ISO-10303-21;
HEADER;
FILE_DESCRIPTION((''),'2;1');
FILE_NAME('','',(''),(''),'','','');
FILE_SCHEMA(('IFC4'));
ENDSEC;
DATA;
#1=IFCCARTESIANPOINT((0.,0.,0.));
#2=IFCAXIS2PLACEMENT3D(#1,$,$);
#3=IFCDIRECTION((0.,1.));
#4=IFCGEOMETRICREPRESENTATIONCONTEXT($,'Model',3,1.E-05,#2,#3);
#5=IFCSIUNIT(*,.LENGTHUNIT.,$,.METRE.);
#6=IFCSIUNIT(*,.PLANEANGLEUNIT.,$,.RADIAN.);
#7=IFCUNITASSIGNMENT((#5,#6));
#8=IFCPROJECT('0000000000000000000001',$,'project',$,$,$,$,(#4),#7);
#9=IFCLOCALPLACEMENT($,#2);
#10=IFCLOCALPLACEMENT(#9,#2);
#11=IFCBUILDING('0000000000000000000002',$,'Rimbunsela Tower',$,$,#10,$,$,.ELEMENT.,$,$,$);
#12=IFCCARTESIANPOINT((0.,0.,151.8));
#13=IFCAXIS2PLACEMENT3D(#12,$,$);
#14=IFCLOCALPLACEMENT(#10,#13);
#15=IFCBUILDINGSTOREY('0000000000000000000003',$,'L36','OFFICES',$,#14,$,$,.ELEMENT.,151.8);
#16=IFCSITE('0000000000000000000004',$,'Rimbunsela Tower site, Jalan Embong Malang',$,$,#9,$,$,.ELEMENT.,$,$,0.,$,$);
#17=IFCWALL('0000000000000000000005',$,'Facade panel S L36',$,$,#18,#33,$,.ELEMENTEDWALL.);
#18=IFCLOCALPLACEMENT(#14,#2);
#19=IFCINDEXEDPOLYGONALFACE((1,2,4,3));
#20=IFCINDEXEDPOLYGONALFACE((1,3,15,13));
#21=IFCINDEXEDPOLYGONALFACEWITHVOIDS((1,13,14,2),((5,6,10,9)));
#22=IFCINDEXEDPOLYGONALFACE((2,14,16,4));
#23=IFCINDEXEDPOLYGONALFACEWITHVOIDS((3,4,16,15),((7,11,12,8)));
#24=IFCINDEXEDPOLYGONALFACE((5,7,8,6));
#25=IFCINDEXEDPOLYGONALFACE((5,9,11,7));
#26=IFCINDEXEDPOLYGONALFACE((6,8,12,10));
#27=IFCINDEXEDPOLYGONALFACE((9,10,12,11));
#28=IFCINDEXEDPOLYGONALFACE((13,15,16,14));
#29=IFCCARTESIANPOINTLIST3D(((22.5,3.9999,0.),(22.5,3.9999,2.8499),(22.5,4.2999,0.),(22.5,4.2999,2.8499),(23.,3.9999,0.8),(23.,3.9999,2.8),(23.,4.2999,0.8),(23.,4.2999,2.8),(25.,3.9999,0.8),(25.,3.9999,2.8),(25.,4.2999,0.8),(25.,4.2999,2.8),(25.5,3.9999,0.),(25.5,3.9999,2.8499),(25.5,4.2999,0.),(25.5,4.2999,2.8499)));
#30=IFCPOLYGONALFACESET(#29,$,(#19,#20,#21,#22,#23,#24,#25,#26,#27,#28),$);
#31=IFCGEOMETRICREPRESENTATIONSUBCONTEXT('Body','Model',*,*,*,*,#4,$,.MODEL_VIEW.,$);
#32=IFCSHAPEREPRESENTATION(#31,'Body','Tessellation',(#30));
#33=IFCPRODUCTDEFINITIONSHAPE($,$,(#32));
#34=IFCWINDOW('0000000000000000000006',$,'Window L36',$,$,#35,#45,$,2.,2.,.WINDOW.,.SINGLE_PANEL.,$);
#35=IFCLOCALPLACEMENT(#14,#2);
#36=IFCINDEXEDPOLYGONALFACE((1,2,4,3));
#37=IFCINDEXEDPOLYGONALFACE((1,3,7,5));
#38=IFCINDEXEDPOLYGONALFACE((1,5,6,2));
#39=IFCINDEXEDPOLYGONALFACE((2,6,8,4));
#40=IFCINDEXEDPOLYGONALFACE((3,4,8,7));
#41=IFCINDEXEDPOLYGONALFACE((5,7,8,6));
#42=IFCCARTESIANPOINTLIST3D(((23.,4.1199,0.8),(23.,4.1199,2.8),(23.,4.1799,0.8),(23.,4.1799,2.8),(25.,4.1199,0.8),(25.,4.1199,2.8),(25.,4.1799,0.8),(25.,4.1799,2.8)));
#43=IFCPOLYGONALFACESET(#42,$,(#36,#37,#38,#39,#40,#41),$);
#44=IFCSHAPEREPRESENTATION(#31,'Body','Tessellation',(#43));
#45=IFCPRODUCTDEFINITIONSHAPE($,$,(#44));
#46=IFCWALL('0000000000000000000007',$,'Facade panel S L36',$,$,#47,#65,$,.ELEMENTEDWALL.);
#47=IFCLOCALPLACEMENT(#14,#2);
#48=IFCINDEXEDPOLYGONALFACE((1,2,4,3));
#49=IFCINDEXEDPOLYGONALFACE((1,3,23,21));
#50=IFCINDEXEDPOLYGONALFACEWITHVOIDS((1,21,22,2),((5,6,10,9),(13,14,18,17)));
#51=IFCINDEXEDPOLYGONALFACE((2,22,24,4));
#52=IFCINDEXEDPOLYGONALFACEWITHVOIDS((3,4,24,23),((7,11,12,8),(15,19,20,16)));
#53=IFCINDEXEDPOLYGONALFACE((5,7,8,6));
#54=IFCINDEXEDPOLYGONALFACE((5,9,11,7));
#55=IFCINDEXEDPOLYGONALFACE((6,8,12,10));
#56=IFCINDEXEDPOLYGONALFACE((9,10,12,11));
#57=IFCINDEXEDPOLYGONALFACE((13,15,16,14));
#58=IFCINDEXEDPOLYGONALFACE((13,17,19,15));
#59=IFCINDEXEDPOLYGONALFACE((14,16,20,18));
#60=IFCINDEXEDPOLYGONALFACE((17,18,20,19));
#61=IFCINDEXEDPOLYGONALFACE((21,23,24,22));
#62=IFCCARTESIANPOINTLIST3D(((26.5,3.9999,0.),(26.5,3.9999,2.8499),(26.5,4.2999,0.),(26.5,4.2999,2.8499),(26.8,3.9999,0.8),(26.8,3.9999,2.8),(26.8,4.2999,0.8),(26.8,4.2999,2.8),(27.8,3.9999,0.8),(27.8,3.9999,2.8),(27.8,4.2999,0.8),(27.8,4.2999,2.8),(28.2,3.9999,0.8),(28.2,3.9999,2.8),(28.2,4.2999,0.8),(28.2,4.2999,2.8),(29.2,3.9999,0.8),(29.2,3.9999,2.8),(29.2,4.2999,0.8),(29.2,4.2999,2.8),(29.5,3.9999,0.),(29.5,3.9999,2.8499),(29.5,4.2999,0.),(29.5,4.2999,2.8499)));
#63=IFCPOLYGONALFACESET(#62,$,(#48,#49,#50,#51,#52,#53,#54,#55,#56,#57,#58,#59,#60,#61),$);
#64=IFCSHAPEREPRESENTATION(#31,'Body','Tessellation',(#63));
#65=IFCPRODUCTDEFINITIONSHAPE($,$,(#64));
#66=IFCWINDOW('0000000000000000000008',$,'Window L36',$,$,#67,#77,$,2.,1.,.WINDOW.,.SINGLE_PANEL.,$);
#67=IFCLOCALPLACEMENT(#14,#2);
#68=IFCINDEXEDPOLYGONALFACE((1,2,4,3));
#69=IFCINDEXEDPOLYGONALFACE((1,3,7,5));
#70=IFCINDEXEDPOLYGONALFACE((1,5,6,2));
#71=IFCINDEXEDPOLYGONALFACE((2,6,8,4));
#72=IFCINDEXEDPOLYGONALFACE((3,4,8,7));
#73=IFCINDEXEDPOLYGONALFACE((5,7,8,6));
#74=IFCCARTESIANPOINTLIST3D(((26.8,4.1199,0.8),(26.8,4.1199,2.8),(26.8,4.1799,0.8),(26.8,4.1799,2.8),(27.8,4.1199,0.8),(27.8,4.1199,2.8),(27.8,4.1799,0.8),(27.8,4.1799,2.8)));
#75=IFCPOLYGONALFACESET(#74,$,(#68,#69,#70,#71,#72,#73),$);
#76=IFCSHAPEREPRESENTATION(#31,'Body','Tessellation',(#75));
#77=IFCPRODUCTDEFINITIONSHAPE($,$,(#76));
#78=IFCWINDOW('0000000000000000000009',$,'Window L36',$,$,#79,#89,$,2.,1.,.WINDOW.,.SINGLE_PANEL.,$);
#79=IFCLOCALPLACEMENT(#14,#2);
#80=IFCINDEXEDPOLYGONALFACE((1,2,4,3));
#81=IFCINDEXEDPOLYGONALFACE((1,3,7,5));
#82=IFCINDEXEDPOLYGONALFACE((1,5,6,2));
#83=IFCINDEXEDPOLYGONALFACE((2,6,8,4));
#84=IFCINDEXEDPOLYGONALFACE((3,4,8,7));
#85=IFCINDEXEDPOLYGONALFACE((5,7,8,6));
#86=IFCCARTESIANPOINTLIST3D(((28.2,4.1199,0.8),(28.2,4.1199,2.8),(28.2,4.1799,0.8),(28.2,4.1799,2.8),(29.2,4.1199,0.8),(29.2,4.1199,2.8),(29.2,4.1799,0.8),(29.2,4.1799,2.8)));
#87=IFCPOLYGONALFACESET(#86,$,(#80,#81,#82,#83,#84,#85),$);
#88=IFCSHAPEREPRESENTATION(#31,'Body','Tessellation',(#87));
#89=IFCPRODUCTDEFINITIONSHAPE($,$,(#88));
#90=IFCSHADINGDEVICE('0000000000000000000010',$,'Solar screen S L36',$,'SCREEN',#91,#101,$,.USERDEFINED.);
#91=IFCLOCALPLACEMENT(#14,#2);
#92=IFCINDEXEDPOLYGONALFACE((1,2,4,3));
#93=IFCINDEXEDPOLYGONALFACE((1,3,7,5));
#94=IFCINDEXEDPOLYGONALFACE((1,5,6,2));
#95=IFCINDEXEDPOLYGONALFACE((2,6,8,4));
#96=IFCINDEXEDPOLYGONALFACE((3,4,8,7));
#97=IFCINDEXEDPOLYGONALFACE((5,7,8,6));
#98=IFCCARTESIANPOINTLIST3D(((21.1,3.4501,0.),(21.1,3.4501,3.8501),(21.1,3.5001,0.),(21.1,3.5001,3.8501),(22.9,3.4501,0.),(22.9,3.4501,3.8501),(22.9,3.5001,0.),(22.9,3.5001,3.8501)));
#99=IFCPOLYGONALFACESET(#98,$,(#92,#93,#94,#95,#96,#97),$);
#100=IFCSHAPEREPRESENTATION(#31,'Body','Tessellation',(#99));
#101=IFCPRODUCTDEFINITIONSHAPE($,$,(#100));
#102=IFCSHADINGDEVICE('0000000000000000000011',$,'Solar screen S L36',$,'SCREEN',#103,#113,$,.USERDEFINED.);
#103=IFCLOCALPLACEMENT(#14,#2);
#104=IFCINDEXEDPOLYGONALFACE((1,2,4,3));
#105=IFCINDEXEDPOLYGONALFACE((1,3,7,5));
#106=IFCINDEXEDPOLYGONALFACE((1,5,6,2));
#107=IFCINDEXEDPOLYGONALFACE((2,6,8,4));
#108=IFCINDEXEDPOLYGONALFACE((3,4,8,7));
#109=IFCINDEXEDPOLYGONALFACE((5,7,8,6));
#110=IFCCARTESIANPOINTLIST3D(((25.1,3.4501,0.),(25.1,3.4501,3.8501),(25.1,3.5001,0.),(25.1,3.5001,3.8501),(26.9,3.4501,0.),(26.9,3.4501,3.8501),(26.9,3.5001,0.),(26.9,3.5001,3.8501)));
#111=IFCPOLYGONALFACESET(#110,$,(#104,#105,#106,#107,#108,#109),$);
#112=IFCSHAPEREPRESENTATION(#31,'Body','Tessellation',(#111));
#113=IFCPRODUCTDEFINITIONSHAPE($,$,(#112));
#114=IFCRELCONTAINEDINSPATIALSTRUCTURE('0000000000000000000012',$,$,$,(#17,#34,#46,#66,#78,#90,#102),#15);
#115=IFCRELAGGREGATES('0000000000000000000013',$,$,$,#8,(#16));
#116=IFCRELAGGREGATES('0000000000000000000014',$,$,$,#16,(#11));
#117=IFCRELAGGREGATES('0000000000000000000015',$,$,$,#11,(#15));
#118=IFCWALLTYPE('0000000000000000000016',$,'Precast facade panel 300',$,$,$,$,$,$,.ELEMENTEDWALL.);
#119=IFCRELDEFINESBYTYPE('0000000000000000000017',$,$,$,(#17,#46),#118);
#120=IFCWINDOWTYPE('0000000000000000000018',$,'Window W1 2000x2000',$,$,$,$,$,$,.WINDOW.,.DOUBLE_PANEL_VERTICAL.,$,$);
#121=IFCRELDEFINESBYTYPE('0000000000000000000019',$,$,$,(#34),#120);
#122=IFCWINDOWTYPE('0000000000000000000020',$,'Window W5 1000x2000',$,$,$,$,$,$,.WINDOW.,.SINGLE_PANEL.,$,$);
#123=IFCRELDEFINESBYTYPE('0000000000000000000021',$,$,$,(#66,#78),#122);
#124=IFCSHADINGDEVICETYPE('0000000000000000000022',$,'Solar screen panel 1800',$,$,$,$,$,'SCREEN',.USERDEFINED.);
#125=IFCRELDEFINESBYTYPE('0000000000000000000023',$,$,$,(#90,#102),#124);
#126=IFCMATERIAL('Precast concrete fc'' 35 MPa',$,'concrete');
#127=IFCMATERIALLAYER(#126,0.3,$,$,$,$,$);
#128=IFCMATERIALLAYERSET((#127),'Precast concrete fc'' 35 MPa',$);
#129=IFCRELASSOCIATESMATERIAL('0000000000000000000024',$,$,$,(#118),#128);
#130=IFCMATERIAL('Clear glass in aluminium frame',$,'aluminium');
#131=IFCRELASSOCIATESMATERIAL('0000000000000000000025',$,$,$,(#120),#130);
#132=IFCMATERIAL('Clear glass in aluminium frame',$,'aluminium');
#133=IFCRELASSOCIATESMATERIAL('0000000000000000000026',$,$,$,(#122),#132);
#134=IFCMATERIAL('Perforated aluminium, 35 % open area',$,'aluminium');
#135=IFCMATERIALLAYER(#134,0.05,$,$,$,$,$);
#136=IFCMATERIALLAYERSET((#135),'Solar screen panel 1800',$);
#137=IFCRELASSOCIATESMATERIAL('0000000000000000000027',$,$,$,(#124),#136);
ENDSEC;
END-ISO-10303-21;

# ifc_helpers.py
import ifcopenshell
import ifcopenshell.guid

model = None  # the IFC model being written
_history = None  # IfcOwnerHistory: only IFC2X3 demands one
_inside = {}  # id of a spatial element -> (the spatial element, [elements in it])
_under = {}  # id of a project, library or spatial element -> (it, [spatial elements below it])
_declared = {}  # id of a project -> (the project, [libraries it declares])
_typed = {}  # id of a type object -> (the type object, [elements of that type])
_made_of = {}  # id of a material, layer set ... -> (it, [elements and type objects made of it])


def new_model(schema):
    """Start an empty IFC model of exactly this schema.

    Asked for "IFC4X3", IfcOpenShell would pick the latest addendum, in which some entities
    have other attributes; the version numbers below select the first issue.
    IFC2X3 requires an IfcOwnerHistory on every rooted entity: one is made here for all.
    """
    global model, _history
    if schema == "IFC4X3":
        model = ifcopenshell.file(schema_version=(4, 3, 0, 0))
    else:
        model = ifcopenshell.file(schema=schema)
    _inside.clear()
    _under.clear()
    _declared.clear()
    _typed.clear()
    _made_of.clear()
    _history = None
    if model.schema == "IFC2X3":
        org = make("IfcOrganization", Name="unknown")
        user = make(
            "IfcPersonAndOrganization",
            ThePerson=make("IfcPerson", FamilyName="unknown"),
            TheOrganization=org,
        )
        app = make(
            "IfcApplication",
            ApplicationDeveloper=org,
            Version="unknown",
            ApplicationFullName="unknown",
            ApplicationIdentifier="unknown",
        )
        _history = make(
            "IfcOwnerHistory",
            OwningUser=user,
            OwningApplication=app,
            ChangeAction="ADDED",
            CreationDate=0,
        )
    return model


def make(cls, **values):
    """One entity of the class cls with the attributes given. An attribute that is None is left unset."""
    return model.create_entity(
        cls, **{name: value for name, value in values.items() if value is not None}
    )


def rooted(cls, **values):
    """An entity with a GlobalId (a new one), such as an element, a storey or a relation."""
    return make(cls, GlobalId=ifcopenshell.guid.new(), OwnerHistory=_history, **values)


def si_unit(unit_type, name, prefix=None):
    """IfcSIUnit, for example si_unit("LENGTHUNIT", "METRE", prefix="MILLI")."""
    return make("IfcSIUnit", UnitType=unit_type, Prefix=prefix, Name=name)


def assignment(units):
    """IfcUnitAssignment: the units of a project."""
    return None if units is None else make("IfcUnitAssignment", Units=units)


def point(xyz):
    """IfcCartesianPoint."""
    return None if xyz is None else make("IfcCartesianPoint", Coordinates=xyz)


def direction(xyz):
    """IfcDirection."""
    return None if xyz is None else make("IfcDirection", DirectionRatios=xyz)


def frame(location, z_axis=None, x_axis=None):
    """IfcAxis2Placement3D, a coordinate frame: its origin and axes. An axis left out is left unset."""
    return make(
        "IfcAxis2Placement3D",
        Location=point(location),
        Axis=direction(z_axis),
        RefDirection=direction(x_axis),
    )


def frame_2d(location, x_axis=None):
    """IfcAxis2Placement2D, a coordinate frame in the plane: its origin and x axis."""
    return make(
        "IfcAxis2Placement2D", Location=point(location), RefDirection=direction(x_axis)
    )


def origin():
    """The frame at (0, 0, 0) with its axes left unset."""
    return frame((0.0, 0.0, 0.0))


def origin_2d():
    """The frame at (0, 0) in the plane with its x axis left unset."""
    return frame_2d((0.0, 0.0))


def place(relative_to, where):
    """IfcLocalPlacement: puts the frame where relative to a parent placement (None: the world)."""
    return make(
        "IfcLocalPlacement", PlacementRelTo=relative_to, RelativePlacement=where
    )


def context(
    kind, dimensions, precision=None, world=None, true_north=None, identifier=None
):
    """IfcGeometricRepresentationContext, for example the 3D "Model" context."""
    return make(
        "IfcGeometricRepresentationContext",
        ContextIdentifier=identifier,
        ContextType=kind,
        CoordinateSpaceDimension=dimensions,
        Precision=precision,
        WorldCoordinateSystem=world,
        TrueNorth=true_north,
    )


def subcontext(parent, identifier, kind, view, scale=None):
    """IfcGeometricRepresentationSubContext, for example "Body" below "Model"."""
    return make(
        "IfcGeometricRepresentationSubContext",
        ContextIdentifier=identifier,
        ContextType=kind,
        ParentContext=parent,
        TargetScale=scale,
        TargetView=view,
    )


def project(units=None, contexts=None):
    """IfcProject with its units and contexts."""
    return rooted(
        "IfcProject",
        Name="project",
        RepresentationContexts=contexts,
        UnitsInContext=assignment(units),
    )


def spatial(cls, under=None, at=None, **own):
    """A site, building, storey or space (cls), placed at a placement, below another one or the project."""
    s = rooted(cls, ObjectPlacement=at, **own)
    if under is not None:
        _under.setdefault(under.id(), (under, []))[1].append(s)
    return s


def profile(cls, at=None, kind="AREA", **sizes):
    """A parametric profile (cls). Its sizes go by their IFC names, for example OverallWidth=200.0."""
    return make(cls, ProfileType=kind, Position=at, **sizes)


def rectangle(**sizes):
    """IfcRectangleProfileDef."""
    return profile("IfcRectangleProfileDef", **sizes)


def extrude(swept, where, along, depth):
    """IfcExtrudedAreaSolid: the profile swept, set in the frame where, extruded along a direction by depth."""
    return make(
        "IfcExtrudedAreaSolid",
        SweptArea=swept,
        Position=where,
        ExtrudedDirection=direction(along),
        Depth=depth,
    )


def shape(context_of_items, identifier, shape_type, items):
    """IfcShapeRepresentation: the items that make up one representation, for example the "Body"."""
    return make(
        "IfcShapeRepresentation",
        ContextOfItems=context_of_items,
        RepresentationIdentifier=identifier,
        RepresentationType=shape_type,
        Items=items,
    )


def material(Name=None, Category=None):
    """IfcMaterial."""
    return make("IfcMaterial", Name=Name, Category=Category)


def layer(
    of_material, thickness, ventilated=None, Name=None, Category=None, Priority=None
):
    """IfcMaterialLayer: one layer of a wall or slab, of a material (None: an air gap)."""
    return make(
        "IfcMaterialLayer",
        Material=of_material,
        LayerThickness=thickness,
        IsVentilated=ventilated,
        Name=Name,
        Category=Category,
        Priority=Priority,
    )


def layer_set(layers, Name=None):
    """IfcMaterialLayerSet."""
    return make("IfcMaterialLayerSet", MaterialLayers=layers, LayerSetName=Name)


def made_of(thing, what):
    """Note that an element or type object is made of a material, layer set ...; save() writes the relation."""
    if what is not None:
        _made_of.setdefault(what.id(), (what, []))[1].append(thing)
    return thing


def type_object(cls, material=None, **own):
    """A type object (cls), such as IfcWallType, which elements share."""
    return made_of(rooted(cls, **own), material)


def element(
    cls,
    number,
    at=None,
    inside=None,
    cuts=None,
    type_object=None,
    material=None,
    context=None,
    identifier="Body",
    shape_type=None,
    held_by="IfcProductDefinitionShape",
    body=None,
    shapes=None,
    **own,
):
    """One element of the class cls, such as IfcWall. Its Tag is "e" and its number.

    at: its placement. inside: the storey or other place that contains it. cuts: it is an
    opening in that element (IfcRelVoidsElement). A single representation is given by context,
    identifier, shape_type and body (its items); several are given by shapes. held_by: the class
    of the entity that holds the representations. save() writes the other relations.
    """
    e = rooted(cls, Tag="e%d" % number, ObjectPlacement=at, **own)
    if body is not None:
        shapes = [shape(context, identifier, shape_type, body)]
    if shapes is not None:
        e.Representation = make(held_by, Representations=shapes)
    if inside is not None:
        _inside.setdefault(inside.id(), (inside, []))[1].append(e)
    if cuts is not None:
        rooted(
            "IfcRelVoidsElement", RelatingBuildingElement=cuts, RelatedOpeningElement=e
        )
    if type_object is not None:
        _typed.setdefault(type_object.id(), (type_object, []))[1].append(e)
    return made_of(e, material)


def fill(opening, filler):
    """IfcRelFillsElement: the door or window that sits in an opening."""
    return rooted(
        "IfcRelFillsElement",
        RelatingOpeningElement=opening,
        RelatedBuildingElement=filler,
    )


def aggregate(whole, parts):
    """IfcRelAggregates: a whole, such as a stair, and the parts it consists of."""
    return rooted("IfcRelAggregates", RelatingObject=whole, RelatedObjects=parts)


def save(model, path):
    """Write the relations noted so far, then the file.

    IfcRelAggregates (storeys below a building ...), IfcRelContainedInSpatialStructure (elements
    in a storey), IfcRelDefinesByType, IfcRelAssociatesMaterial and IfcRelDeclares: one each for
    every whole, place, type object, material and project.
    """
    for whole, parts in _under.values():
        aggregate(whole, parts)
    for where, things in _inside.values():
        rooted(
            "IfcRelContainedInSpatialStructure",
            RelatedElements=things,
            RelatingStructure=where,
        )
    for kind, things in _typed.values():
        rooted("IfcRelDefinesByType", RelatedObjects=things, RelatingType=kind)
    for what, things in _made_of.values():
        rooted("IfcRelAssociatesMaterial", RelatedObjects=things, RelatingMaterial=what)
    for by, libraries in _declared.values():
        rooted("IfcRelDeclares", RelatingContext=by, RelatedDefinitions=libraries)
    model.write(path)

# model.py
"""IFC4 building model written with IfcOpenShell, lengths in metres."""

from ifc_helpers import new_model, si_unit, direction, frame, frame_2d, origin, origin_2d, place, context, subcontext, project, spatial, rectangle, extrude, material, layer, layer_set, type_object, element, fill, save


model = new_model("IFC4")

# Units and contexts
model_context = context("Model", 3, precision=1e-05, world=origin(), true_north=direction((0.0, 1.0)))
body_context = subcontext(model_context, "Body", "Model", "MODEL_VIEW")
ifc_project = project(units=[si_unit("LENGTHUNIT", "METRE"), si_unit("PLANEANGLEUNIT", "RADIAN")], contexts=[model_context])

# Site, building, storey
site_placement = place(None, origin())
site = spatial("IfcSite", under=ifc_project, at=site_placement, Name="Rimbunsela Tower site, Jalan Embong Malang", CompositionType="ELEMENT", RefElevation=0.0)
building_placement = place(site_placement, origin())
building = spatial("IfcBuilding", under=site, at=building_placement, Name="Rimbunsela Tower", CompositionType="ELEMENT")
storey_placement = place(building_placement, frame((0.0, 0.0, 151.8)))
storey = spatial("IfcBuildingStorey", under=building, at=storey_placement, Name="L36", Description="OFFICES", CompositionType="ELEMENT", Elevation=151.8)

# Wall, opening, window
ifc_material_1 = material(Name="Precast concrete fc' 35 MPa", Category="concrete")
ifc_layer_1 = layer(ifc_material_1, 0.3)
ifc_layer_set_1 = layer_set([ifc_layer_1], Name="Precast concrete fc' 35 MPa")
wall_type = type_object("IfcWallType", Name="Precast facade panel 300", PredefinedType="ELEMENTEDWALL", material=ifc_layer_set_1)
ifc_material_2 = material(Name="Clear glass in aluminium frame", Category="aluminium")
window_type_1 = type_object("IfcWindowType", Name="Window W1 2000x2000", PartitioningType="DOUBLE_PANEL_VERTICAL", PredefinedType="WINDOW", material=ifc_material_2)
wall_1_placement = place(storey_placement, frame((22.5, 4.1499, 0.0), z_axis=(0.0, 0.0, 1.0), x_axis=(1.0, 0.0, 0.0)))
wall_1 = element("IfcWall", 1, at=wall_1_placement, inside=storey, type_object=wall_type, Name="Facade panel S L36", PredefinedType="ELEMENTEDWALL", context=body_context, shape_type="SweptSolid", body=[
    extrude(rectangle(XDim=3.0, YDim=0.3, at=frame_2d((1.5, 0.0))), origin(), (0.0, 0.0, 1.0), 2.8499),
])
opening_1_placement = place(wall_1_placement, frame((0.5, 0.0, 0.8)))
opening_1 = element("IfcOpeningElement", 2, at=opening_1_placement, cuts=wall_1, PredefinedType="OPENING", context=body_context, shape_type="SweptSolid", body=[
    extrude(rectangle(XDim=2.0, YDim=2.0, at=frame_2d((1.0, 1.0))), frame((0.0, 0.1599, 0.0), z_axis=(0.0, -1.0, 0.0), x_axis=(1.0, 0.0, 0.0)), (0.0, 0.0, 1.0), 0.3201),
])
window_1_placement = place(opening_1_placement, origin())
window_1 = element("IfcWindow", 3, at=window_1_placement, inside=storey, type_object=window_type_1, Name="Window L36", OverallHeight=2.0, OverallWidth=2.0, PartitioningType="SINGLE_PANEL", PredefinedType="WINDOW", context=body_context, shape_type="SweptSolid", body=[
    extrude(rectangle(XDim=2.0, YDim=2.0, at=frame_2d((1.0, 1.0))), frame((0.0, 0.03, 0.0), z_axis=(0.0, -1.0, 0.0), x_axis=(1.0, 0.0, 0.0)), (0.0, 0.0, 1.0), 0.0601),
])
fill(opening_1, window_1)

# Wall, openings, windows
wall_2_placement = place(storey_placement, frame((26.5, 4.1499, 0.0), z_axis=(0.0, 0.0, 1.0), x_axis=(1.0, 0.0, 0.0)))
wall_2 = element("IfcWall", 4, at=wall_2_placement, inside=storey, type_object=wall_type, Name="Facade panel S L36", PredefinedType="ELEMENTEDWALL", context=body_context, shape_type="SweptSolid", body=[
    extrude(rectangle(XDim=3.0, YDim=0.3, at=frame_2d((1.5, 0.0))), origin(), (0.0, 0.0, 1.0), 2.8499),
])
opening_2_placement = place(wall_2_placement, frame((0.3, 0.0, 0.8)))
opening_2 = element("IfcOpeningElement", 5, at=opening_2_placement, cuts=wall_2, PredefinedType="OPENING", context=body_context, shape_type="SweptSolid", body=[
    extrude(rectangle(XDim=1.0, YDim=2.0, at=frame_2d((0.5, 1.0))), frame((0.0, 0.1599, 0.0), z_axis=(0.0, -1.0, 0.0), x_axis=(1.0, 0.0, 0.0)), (0.0, 0.0, 1.0), 0.3201),
])
opening_3_placement = place(wall_2_placement, frame((1.7, 0.0, 0.8)))
opening_3 = element("IfcOpeningElement", 6, at=opening_3_placement, cuts=wall_2, PredefinedType="OPENING", context=body_context, shape_type="SweptSolid", body=[
    extrude(rectangle(XDim=1.0, YDim=2.0, at=frame_2d((0.5, 1.0))), frame((0.0, 0.1599, 0.0), z_axis=(0.0, -1.0, 0.0), x_axis=(1.0, 0.0, 0.0)), (0.0, 0.0, 1.0), 0.3201),
])
ifc_material_3 = material(Name="Clear glass in aluminium frame", Category="aluminium")
window_type_2 = type_object("IfcWindowType", Name="Window W5 1000x2000", PartitioningType="SINGLE_PANEL", PredefinedType="WINDOW", material=ifc_material_3)
window_2_placement = place(opening_2_placement, origin())
window_2 = element("IfcWindow", 7, at=window_2_placement, inside=storey, type_object=window_type_2, Name="Window L36", OverallHeight=2.0, OverallWidth=1.0, PartitioningType="SINGLE_PANEL", PredefinedType="WINDOW", context=body_context, shape_type="SweptSolid", body=[
    extrude(rectangle(XDim=1.0, YDim=2.0, at=frame_2d((0.5, 1.0))), frame((0.0, 0.03, 0.0), z_axis=(0.0, -1.0, 0.0), x_axis=(1.0, 0.0, 0.0)), (0.0, 0.0, 1.0), 0.0601),
])
fill(opening_2, window_2)
window_3_placement = place(opening_3_placement, origin())
window_3 = element("IfcWindow", 8, at=window_3_placement, inside=storey, type_object=window_type_2, Name="Window L36", OverallHeight=2.0, OverallWidth=1.0, PartitioningType="SINGLE_PANEL", PredefinedType="WINDOW", context=body_context, shape_type="SweptSolid", body=[
    extrude(rectangle(XDim=1.0, YDim=2.0, at=frame_2d((0.5, 1.0))), frame((0.0, 0.03, 0.0), z_axis=(0.0, -1.0, 0.0), x_axis=(1.0, 0.0, 0.0)), (0.0, 0.0, 1.0), 0.0601),
])
fill(opening_3, window_3)

# Shading devices
ifc_material_4 = material(Name="Perforated aluminium, 35 % open area", Category="aluminium")
ifc_layer_2 = layer(ifc_material_4, 0.05)
ifc_layer_set_2 = layer_set([ifc_layer_2], Name="Solar screen panel 1800")
shading_device_type = type_object("IfcShadingDeviceType", Name="Solar screen panel 1800", ElementType="SCREEN", PredefinedType="USERDEFINED", material=ifc_layer_set_2)
for number, where, z_axis, x_axis, name in (
    (9, (22.0, 3.4751, 0.0), (0.0, 0.0, 1.0), (1.0, 0.0, 0.0), "Solar screen S L36"),
    (10, (26.0, 3.4751, 0.0), (0.0, 0.0, 1.0), (1.0, 0.0, 0.0), "Solar screen S L36"),
):
    element("IfcShadingDevice", number, at=place(storey_placement, frame(where, z_axis=z_axis, x_axis=x_axis)), inside=storey, type_object=shading_device_type, Name=name, ObjectType="SCREEN", PredefinedType="USERDEFINED", context=body_context, shape_type="SweptSolid", body=[
        extrude(rectangle(XDim=1.8, YDim=0.05, at=origin_2d()), origin(), (0.0, 0.0, 1.0), 3.8501),
    ])

save(model, "model.ifc")
